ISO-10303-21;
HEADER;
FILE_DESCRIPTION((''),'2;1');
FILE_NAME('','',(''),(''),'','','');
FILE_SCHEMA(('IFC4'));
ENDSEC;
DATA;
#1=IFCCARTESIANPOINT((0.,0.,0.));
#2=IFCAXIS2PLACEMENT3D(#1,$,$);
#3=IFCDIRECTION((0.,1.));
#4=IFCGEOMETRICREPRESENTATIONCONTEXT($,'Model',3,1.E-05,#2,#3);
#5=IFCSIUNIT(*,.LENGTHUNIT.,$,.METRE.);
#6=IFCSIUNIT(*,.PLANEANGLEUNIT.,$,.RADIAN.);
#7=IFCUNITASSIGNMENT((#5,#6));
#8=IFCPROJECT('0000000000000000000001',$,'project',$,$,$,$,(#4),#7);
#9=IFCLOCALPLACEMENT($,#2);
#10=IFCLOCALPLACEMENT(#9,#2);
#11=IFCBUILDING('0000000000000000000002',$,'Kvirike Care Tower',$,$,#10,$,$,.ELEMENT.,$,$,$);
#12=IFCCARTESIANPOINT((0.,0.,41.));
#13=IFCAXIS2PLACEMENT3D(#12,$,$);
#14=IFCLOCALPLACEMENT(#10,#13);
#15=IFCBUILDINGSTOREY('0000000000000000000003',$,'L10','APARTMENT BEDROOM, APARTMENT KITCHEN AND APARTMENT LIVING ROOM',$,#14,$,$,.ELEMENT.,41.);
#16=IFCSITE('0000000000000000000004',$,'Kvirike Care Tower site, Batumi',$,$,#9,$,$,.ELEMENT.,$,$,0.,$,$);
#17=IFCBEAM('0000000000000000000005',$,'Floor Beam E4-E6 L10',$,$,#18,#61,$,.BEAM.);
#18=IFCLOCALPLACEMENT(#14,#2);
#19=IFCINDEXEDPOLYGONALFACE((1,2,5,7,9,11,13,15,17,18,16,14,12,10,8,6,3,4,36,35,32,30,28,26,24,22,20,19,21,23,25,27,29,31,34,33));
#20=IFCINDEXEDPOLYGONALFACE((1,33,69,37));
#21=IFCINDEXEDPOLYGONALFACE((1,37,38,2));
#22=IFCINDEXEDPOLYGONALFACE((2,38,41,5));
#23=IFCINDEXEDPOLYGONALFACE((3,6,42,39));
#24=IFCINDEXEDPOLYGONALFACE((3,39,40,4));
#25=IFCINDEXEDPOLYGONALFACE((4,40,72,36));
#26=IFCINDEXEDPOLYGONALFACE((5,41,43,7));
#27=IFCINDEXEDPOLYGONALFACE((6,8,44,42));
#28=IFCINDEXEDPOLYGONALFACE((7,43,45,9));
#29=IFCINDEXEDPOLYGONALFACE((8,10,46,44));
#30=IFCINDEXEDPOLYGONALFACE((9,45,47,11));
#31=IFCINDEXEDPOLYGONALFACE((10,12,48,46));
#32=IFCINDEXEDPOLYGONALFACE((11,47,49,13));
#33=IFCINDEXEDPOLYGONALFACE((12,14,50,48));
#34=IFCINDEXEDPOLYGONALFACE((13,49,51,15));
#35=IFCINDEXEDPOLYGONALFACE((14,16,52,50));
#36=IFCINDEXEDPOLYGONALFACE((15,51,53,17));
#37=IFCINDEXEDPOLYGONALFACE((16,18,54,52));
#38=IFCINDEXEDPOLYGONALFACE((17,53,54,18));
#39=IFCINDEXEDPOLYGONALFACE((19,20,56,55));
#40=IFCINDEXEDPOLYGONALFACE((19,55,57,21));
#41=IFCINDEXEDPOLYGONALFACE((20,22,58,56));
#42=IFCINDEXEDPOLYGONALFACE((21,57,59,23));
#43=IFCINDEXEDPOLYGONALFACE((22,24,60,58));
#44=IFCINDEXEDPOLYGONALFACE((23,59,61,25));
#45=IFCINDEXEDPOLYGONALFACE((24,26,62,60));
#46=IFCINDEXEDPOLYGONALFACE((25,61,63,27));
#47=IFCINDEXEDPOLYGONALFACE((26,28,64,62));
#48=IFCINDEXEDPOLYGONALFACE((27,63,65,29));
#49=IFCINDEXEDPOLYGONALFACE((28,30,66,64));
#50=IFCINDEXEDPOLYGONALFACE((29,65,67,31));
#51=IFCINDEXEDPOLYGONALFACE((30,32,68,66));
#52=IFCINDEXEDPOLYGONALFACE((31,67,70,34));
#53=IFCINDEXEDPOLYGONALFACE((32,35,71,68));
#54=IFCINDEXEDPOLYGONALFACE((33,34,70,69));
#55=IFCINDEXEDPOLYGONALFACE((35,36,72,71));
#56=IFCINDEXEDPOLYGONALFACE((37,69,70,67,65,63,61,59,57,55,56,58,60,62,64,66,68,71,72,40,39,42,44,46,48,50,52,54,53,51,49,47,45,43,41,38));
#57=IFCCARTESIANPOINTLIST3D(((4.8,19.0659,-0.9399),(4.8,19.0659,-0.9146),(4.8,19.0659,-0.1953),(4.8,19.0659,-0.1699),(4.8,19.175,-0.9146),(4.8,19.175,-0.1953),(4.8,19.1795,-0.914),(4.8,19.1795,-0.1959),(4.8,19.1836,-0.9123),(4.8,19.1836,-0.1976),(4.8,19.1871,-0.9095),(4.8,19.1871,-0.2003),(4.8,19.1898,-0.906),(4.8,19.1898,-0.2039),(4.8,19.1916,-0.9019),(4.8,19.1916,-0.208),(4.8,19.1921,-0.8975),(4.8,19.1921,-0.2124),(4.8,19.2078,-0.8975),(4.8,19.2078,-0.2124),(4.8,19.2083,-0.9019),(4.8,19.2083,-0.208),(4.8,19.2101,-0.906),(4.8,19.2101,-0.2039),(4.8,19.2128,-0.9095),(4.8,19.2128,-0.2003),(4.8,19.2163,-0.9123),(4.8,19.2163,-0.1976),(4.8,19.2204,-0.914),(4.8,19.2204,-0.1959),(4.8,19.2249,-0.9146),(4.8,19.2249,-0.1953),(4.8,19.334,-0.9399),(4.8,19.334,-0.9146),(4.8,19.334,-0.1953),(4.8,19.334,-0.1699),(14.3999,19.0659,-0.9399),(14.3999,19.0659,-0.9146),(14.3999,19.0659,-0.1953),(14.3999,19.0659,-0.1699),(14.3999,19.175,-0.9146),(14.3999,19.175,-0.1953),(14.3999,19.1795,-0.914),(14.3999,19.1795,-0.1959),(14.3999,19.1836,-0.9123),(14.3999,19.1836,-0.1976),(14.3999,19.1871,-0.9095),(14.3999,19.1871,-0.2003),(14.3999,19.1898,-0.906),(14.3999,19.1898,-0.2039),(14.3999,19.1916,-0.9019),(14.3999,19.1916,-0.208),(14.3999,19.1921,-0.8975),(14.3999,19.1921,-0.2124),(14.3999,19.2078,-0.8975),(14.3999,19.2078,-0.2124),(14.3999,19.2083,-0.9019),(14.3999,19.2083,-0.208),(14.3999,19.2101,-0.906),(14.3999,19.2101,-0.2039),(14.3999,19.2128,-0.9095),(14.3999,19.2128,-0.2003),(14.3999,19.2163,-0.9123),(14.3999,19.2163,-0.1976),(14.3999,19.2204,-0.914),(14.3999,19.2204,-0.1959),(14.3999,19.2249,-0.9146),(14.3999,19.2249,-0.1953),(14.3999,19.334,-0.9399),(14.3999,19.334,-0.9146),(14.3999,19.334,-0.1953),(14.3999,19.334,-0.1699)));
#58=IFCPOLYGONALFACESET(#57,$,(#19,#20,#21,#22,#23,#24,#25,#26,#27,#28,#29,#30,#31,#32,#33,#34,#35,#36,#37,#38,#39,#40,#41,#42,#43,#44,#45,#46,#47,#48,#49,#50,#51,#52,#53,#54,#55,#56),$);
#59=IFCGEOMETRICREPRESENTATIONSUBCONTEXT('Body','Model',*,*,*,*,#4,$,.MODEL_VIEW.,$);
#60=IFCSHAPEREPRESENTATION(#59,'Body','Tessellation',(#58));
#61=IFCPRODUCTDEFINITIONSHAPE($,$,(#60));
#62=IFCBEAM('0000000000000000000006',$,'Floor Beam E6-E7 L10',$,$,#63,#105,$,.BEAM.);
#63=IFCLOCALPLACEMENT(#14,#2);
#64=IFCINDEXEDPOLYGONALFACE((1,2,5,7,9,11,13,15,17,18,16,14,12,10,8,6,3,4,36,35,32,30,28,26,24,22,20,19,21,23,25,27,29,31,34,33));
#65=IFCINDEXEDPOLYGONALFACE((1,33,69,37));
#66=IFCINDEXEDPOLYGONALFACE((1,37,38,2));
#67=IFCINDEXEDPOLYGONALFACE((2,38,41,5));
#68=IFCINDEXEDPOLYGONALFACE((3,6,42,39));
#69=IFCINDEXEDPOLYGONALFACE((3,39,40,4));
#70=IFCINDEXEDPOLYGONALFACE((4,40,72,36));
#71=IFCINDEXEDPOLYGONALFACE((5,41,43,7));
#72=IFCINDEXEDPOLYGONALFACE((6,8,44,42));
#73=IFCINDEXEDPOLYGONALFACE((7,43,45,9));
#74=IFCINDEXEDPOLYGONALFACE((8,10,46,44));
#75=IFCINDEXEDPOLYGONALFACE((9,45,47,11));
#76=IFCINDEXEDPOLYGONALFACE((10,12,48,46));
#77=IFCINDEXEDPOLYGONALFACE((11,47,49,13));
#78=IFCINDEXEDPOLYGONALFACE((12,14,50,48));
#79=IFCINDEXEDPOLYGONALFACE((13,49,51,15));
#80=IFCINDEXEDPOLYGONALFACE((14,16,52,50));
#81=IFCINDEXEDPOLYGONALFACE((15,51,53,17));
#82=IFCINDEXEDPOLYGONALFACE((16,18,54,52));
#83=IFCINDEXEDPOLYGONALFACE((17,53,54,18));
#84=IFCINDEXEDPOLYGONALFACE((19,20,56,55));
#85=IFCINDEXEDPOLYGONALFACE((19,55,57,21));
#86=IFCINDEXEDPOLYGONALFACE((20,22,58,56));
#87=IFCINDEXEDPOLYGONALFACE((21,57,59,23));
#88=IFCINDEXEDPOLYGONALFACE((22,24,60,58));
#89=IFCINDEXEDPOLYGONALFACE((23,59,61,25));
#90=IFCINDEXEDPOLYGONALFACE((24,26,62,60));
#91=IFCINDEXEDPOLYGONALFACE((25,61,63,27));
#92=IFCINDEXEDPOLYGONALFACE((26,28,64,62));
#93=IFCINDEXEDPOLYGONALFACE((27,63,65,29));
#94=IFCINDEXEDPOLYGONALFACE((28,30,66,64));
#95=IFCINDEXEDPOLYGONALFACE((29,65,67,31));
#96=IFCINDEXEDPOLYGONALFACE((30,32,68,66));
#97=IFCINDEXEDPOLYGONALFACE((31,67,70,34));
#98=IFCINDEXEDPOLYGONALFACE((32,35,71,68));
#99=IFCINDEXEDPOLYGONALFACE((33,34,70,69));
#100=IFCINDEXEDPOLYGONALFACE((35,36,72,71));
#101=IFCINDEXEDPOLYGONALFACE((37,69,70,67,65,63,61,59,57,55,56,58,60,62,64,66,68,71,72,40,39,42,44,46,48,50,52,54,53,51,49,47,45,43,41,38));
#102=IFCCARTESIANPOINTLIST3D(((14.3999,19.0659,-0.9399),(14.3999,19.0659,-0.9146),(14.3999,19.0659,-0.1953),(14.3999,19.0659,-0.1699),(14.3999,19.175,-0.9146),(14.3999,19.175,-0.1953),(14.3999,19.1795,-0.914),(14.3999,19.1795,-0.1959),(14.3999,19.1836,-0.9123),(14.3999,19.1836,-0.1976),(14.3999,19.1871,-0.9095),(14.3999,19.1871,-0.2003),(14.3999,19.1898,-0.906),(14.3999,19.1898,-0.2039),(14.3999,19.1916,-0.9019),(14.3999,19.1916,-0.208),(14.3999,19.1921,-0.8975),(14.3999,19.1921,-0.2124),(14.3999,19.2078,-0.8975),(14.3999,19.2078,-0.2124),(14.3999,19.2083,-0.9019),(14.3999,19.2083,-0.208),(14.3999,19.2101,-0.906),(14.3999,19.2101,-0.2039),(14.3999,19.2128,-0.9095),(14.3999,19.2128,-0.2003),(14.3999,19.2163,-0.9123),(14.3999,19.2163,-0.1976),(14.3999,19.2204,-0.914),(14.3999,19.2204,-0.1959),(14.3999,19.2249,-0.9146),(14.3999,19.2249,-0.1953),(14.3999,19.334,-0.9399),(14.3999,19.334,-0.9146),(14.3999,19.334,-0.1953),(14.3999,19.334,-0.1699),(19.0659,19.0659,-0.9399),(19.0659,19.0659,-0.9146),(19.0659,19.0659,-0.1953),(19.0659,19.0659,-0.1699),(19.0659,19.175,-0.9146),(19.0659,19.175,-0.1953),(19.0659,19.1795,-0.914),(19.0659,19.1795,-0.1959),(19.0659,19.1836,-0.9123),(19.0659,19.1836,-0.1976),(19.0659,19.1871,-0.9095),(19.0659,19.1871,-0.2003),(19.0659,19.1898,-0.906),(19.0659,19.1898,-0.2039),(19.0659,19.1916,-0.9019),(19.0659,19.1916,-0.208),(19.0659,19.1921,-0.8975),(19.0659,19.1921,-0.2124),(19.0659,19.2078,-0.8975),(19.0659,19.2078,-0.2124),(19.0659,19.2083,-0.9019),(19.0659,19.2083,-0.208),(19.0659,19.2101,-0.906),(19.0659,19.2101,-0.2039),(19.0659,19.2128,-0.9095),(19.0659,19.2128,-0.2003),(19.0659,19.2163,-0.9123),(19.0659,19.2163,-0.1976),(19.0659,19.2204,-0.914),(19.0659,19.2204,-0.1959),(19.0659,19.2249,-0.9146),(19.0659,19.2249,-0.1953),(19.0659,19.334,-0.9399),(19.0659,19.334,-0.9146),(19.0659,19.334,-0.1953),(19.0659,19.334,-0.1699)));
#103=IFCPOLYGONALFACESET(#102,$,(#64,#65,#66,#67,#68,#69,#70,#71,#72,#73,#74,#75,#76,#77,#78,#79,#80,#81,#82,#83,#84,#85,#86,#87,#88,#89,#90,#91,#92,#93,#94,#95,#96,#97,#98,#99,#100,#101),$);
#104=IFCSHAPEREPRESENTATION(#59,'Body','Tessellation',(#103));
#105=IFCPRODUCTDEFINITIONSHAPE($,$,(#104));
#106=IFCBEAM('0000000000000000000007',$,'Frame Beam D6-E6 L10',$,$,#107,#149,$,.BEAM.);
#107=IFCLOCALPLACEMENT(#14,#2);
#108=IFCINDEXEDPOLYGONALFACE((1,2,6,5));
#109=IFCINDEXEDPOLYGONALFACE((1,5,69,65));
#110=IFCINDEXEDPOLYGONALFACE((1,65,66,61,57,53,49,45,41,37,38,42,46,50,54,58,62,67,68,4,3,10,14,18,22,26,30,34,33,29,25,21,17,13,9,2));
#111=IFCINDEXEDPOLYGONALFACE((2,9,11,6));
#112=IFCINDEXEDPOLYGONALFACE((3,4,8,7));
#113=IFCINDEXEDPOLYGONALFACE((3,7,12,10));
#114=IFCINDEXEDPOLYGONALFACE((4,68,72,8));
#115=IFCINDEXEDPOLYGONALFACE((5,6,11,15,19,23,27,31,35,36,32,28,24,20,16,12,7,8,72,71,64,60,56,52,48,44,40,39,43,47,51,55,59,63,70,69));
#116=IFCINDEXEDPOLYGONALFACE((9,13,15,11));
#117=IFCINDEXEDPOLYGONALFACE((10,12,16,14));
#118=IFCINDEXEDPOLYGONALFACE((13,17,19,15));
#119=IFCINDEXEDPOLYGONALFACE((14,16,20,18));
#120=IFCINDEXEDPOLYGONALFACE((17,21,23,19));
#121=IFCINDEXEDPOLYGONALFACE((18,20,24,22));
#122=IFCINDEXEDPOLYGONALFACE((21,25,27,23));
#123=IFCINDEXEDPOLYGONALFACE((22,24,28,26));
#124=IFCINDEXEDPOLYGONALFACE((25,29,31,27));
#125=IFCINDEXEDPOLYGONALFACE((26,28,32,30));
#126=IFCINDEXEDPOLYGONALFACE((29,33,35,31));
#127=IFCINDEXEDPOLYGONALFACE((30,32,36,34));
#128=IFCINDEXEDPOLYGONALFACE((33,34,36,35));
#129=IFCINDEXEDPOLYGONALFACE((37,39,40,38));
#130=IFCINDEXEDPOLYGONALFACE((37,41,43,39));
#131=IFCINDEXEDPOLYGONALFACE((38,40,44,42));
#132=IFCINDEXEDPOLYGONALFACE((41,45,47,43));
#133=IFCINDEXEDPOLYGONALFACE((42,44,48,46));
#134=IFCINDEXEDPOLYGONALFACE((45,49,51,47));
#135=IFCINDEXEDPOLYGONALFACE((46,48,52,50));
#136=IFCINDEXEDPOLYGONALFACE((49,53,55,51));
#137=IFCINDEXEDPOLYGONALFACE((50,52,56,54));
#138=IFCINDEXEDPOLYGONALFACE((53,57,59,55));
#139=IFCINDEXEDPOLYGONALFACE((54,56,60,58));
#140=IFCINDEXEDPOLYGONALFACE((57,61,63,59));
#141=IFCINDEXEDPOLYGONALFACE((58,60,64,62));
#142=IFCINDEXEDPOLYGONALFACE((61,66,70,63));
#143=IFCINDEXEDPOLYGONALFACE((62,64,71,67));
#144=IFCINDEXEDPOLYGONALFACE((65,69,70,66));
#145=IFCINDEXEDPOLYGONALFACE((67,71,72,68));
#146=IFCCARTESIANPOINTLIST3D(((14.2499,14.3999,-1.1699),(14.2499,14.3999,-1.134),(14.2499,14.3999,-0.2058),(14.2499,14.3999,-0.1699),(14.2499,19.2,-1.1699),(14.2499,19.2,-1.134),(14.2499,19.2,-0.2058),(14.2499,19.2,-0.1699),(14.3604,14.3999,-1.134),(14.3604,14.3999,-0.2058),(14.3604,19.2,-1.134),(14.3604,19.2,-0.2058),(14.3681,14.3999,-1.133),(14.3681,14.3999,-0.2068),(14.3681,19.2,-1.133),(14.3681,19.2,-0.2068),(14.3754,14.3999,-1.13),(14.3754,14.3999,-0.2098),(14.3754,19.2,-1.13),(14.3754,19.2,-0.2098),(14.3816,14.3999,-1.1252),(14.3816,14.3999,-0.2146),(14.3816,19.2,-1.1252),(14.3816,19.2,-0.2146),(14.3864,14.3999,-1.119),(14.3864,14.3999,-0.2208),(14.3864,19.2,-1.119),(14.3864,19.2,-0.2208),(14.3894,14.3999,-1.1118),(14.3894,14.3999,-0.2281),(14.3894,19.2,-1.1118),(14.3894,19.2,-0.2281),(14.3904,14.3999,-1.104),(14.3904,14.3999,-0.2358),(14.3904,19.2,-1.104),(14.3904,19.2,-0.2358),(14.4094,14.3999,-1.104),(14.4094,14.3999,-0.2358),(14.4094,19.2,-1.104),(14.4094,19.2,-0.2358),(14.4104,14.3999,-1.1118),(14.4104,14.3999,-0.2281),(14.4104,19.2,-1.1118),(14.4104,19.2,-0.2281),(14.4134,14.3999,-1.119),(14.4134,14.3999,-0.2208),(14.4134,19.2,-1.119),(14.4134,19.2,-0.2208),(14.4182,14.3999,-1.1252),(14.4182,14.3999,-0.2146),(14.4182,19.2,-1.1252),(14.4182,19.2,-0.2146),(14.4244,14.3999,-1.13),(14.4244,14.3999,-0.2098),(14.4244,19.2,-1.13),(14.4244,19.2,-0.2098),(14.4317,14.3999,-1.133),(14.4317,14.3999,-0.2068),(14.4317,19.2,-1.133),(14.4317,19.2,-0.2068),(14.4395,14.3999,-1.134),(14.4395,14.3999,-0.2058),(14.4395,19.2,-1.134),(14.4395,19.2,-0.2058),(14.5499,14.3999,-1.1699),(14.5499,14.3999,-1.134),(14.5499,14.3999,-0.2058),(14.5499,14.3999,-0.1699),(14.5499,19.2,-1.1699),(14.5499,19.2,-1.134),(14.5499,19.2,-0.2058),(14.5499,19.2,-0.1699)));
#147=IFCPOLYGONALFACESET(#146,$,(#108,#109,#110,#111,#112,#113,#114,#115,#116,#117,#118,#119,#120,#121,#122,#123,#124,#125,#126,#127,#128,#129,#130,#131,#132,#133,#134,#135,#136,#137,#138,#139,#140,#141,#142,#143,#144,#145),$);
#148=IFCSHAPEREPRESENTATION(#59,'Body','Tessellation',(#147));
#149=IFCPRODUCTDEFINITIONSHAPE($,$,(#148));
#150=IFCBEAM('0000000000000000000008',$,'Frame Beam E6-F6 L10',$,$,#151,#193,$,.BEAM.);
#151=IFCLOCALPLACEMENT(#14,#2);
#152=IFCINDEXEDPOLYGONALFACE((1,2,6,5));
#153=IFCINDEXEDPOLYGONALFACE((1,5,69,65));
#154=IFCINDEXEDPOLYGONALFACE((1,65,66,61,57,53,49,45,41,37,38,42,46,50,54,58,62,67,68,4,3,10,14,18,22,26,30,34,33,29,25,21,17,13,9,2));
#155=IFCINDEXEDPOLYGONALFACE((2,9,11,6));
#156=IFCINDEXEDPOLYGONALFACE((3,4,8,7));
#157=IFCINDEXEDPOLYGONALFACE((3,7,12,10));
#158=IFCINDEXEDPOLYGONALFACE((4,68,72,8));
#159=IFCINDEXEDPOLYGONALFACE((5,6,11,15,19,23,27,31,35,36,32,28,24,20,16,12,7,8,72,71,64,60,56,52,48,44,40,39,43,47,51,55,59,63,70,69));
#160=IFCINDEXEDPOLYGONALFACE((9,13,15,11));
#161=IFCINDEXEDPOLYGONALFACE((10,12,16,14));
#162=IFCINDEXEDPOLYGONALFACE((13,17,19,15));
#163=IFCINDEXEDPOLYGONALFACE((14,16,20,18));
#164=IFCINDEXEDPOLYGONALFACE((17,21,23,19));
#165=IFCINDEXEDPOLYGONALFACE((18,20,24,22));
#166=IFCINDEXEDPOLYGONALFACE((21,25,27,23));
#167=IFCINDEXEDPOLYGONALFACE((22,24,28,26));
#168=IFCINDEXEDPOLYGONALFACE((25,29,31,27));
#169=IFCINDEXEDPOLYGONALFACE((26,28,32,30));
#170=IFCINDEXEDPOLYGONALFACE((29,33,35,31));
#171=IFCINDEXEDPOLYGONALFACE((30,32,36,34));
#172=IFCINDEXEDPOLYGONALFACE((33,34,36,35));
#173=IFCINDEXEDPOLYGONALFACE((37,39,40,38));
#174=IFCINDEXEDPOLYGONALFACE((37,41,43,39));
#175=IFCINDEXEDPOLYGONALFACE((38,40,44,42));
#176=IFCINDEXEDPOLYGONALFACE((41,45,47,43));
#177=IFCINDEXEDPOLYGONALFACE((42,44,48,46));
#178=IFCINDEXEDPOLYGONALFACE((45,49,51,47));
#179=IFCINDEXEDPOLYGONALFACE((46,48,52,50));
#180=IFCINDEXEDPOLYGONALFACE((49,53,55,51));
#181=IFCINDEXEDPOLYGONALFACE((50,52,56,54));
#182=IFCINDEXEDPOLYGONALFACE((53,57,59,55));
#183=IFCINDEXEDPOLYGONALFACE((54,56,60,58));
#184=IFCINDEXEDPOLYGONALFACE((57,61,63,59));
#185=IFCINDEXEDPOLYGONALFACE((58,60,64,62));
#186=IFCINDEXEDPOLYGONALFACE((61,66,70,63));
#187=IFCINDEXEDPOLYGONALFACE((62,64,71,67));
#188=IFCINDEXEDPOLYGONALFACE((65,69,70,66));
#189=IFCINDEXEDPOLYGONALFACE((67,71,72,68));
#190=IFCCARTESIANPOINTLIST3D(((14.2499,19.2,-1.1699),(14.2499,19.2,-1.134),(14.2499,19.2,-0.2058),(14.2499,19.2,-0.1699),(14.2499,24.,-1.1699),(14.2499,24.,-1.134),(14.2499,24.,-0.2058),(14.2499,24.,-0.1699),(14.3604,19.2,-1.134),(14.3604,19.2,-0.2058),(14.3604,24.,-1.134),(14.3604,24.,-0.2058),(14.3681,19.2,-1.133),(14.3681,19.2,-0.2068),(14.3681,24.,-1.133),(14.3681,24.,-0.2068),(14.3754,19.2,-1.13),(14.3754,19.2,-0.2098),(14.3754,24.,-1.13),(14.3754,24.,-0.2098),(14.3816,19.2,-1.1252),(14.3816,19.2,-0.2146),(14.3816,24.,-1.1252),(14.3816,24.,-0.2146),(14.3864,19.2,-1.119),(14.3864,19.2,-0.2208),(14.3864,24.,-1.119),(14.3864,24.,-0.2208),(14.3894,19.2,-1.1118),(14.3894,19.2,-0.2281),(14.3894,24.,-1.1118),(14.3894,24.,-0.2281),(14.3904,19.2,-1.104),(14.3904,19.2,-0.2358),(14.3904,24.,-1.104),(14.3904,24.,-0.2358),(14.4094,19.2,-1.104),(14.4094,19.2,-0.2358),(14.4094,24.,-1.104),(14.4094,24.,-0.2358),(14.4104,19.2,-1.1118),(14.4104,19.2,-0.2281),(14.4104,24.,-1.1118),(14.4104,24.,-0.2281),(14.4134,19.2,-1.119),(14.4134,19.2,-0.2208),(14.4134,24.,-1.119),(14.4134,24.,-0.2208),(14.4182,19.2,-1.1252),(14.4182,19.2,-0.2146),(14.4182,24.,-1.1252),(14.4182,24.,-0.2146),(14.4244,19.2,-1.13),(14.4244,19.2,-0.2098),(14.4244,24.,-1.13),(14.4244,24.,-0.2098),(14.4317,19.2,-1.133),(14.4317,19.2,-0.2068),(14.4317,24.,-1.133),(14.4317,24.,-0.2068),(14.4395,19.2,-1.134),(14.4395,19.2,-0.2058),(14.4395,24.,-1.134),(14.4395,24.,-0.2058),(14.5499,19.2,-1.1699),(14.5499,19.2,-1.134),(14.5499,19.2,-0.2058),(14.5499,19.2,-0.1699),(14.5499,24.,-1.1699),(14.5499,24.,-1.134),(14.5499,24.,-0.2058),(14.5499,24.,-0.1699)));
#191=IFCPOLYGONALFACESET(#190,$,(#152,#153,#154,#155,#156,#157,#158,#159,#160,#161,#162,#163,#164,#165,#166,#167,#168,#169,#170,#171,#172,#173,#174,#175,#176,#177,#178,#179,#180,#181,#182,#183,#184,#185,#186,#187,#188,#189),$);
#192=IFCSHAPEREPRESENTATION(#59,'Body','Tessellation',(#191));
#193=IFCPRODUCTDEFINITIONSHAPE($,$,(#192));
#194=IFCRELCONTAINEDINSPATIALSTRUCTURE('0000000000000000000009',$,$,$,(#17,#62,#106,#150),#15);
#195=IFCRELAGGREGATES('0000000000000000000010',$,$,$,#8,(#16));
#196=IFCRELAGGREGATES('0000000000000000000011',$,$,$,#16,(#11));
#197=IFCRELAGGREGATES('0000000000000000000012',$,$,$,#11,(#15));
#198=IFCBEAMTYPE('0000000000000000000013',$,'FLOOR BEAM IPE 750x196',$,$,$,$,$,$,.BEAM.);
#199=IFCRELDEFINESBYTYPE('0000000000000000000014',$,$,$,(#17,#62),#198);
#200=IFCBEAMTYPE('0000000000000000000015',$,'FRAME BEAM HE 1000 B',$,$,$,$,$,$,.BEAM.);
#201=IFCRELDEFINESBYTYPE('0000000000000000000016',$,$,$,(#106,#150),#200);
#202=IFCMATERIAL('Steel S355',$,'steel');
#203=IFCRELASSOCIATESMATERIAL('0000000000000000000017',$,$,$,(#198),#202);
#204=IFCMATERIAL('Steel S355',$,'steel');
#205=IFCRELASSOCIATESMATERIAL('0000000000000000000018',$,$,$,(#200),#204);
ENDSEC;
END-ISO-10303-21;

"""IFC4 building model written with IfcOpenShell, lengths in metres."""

from ifc_helpers import new_model, si_unit, direction, frame, origin, origin_2d, place, context, subcontext, project, spatial, i_section, extrude, material, material_profile, profile_set, type_object, element, save


model = new_model("IFC4")

# Units and contexts
model_context = context("Model", 3, precision=1e-05, world=origin(), true_north=direction((0.0, 1.0)))
body_context = subcontext(model_context, "Body", "Model", "MODEL_VIEW")
ifc_project = project(units=[si_unit("LENGTHUNIT", "METRE"), si_unit("PLANEANGLEUNIT", "RADIAN")], contexts=[model_context])

# Site, building, storey
site_placement = place(None, origin())
site = spatial("IfcSite", under=ifc_project, at=site_placement, Name="Kvirike Care Tower site, Batumi", CompositionType="ELEMENT", RefElevation=0.0)
building_placement = place(site_placement, origin())
building = spatial("IfcBuilding", under=site, at=building_placement, Name="Kvirike Care Tower", CompositionType="ELEMENT")
storey_placement = place(building_placement, frame((0.0, 0.0, 41.0)))
storey = spatial("IfcBuildingStorey", under=building, at=storey_placement, Name="L10", Description="APARTMENT BEDROOM, APARTMENT KITCHEN AND APARTMENT LIVING ROOM", CompositionType="ELEMENT", Elevation=41.0)

# Beams
ifc_material_1 = material(Name="Steel S355", Category="steel")
ifc_material_profile_1 = material_profile(ifc_material_1, i_section(OverallWidth=0.2681, OverallDepth=0.77, WebThickness=0.0156, FlangeThickness=0.0254, FilletRadius=0.0171, at=origin_2d()), Name="IPE 750x196")
ifc_profile_set_1 = profile_set([ifc_material_profile_1], Name="Steel S355")
beam_type_1 = type_object("IfcBeamType", Name="FLOOR BEAM IPE 750x196", PredefinedType="BEAM", material=ifc_profile_set_1)
beam_1_placement = place(storey_placement, frame((4.8, 19.2, -0.5549), z_axis=(1.0, 0.0, 0.0), x_axis=(0.0, 1.0, 0.0)))
element("IfcBeam", 1, at=beam_1_placement, inside=storey, type_object=beam_type_1, Name="Floor Beam E4-E6 L10", PredefinedType="BEAM", context=body_context, shape_type="SweptSolid", body=[
    extrude(i_section(OverallWidth=0.2681, OverallDepth=0.77, WebThickness=0.0156, FlangeThickness=0.0254, FilletRadius=0.0171, at=origin_2d()), origin(), (0.0, 0.0, 1.0), 9.5999),
])
beam_2_placement = place(storey_placement, frame((14.3999, 19.2, -0.5549), z_axis=(1.0, 0.0, 0.0), x_axis=(0.0, 1.0, 0.0)))
element("IfcBeam", 2, at=beam_2_placement, inside=storey, type_object=beam_type_1, Name="Floor Beam E6-E7 L10", PredefinedType="BEAM", context=body_context, shape_type="SweptSolid", body=[
    extrude(i_section(OverallWidth=0.2681, OverallDepth=0.77, WebThickness=0.0156, FlangeThickness=0.0254, FilletRadius=0.0171, at=origin_2d()), origin(), (0.0, 0.0, 1.0), 4.666),
])
ifc_material_2 = material(Name="Steel S355", Category="steel")
ifc_material_profile_2 = material_profile(ifc_material_2, i_section(OverallWidth=0.3, OverallDepth=1.0, WebThickness=0.019, FlangeThickness=0.0359, FilletRadius=0.03, at=origin_2d()), Name="HE 1000 B")
ifc_profile_set_2 = profile_set([ifc_material_profile_2], Name="Steel S355")
beam_type_2 = type_object("IfcBeamType", Name="FRAME BEAM HE 1000 B", PredefinedType="BEAM", material=ifc_profile_set_2)
for number, where, z_axis, x_axis, name in (
    (3, (14.3999, 14.3999, -0.6699), (0.0, 1.0, 0.0), (-1.0, 0.0, 0.0), "Frame Beam D6-E6 L10"),
    (4, (14.3999, 19.2, -0.6699), (0.0, 1.0, 0.0), (-1.0, 0.0, 0.0), "Frame Beam E6-F6 L10"),
):
    element("IfcBeam", number, at=place(storey_placement, frame(where, z_axis=z_axis, x_axis=x_axis)), inside=storey, type_object=beam_type_2, Name=name, PredefinedType="BEAM", context=body_context, shape_type="SweptSolid", body=[
        extrude(i_section(OverallWidth=0.3, OverallDepth=1.0, WebThickness=0.019, FlangeThickness=0.0359, FilletRadius=0.03, at=origin_2d()), origin(), (0.0, 0.0, 1.0), 4.8),
    ])

save(model, "model.ifc")
